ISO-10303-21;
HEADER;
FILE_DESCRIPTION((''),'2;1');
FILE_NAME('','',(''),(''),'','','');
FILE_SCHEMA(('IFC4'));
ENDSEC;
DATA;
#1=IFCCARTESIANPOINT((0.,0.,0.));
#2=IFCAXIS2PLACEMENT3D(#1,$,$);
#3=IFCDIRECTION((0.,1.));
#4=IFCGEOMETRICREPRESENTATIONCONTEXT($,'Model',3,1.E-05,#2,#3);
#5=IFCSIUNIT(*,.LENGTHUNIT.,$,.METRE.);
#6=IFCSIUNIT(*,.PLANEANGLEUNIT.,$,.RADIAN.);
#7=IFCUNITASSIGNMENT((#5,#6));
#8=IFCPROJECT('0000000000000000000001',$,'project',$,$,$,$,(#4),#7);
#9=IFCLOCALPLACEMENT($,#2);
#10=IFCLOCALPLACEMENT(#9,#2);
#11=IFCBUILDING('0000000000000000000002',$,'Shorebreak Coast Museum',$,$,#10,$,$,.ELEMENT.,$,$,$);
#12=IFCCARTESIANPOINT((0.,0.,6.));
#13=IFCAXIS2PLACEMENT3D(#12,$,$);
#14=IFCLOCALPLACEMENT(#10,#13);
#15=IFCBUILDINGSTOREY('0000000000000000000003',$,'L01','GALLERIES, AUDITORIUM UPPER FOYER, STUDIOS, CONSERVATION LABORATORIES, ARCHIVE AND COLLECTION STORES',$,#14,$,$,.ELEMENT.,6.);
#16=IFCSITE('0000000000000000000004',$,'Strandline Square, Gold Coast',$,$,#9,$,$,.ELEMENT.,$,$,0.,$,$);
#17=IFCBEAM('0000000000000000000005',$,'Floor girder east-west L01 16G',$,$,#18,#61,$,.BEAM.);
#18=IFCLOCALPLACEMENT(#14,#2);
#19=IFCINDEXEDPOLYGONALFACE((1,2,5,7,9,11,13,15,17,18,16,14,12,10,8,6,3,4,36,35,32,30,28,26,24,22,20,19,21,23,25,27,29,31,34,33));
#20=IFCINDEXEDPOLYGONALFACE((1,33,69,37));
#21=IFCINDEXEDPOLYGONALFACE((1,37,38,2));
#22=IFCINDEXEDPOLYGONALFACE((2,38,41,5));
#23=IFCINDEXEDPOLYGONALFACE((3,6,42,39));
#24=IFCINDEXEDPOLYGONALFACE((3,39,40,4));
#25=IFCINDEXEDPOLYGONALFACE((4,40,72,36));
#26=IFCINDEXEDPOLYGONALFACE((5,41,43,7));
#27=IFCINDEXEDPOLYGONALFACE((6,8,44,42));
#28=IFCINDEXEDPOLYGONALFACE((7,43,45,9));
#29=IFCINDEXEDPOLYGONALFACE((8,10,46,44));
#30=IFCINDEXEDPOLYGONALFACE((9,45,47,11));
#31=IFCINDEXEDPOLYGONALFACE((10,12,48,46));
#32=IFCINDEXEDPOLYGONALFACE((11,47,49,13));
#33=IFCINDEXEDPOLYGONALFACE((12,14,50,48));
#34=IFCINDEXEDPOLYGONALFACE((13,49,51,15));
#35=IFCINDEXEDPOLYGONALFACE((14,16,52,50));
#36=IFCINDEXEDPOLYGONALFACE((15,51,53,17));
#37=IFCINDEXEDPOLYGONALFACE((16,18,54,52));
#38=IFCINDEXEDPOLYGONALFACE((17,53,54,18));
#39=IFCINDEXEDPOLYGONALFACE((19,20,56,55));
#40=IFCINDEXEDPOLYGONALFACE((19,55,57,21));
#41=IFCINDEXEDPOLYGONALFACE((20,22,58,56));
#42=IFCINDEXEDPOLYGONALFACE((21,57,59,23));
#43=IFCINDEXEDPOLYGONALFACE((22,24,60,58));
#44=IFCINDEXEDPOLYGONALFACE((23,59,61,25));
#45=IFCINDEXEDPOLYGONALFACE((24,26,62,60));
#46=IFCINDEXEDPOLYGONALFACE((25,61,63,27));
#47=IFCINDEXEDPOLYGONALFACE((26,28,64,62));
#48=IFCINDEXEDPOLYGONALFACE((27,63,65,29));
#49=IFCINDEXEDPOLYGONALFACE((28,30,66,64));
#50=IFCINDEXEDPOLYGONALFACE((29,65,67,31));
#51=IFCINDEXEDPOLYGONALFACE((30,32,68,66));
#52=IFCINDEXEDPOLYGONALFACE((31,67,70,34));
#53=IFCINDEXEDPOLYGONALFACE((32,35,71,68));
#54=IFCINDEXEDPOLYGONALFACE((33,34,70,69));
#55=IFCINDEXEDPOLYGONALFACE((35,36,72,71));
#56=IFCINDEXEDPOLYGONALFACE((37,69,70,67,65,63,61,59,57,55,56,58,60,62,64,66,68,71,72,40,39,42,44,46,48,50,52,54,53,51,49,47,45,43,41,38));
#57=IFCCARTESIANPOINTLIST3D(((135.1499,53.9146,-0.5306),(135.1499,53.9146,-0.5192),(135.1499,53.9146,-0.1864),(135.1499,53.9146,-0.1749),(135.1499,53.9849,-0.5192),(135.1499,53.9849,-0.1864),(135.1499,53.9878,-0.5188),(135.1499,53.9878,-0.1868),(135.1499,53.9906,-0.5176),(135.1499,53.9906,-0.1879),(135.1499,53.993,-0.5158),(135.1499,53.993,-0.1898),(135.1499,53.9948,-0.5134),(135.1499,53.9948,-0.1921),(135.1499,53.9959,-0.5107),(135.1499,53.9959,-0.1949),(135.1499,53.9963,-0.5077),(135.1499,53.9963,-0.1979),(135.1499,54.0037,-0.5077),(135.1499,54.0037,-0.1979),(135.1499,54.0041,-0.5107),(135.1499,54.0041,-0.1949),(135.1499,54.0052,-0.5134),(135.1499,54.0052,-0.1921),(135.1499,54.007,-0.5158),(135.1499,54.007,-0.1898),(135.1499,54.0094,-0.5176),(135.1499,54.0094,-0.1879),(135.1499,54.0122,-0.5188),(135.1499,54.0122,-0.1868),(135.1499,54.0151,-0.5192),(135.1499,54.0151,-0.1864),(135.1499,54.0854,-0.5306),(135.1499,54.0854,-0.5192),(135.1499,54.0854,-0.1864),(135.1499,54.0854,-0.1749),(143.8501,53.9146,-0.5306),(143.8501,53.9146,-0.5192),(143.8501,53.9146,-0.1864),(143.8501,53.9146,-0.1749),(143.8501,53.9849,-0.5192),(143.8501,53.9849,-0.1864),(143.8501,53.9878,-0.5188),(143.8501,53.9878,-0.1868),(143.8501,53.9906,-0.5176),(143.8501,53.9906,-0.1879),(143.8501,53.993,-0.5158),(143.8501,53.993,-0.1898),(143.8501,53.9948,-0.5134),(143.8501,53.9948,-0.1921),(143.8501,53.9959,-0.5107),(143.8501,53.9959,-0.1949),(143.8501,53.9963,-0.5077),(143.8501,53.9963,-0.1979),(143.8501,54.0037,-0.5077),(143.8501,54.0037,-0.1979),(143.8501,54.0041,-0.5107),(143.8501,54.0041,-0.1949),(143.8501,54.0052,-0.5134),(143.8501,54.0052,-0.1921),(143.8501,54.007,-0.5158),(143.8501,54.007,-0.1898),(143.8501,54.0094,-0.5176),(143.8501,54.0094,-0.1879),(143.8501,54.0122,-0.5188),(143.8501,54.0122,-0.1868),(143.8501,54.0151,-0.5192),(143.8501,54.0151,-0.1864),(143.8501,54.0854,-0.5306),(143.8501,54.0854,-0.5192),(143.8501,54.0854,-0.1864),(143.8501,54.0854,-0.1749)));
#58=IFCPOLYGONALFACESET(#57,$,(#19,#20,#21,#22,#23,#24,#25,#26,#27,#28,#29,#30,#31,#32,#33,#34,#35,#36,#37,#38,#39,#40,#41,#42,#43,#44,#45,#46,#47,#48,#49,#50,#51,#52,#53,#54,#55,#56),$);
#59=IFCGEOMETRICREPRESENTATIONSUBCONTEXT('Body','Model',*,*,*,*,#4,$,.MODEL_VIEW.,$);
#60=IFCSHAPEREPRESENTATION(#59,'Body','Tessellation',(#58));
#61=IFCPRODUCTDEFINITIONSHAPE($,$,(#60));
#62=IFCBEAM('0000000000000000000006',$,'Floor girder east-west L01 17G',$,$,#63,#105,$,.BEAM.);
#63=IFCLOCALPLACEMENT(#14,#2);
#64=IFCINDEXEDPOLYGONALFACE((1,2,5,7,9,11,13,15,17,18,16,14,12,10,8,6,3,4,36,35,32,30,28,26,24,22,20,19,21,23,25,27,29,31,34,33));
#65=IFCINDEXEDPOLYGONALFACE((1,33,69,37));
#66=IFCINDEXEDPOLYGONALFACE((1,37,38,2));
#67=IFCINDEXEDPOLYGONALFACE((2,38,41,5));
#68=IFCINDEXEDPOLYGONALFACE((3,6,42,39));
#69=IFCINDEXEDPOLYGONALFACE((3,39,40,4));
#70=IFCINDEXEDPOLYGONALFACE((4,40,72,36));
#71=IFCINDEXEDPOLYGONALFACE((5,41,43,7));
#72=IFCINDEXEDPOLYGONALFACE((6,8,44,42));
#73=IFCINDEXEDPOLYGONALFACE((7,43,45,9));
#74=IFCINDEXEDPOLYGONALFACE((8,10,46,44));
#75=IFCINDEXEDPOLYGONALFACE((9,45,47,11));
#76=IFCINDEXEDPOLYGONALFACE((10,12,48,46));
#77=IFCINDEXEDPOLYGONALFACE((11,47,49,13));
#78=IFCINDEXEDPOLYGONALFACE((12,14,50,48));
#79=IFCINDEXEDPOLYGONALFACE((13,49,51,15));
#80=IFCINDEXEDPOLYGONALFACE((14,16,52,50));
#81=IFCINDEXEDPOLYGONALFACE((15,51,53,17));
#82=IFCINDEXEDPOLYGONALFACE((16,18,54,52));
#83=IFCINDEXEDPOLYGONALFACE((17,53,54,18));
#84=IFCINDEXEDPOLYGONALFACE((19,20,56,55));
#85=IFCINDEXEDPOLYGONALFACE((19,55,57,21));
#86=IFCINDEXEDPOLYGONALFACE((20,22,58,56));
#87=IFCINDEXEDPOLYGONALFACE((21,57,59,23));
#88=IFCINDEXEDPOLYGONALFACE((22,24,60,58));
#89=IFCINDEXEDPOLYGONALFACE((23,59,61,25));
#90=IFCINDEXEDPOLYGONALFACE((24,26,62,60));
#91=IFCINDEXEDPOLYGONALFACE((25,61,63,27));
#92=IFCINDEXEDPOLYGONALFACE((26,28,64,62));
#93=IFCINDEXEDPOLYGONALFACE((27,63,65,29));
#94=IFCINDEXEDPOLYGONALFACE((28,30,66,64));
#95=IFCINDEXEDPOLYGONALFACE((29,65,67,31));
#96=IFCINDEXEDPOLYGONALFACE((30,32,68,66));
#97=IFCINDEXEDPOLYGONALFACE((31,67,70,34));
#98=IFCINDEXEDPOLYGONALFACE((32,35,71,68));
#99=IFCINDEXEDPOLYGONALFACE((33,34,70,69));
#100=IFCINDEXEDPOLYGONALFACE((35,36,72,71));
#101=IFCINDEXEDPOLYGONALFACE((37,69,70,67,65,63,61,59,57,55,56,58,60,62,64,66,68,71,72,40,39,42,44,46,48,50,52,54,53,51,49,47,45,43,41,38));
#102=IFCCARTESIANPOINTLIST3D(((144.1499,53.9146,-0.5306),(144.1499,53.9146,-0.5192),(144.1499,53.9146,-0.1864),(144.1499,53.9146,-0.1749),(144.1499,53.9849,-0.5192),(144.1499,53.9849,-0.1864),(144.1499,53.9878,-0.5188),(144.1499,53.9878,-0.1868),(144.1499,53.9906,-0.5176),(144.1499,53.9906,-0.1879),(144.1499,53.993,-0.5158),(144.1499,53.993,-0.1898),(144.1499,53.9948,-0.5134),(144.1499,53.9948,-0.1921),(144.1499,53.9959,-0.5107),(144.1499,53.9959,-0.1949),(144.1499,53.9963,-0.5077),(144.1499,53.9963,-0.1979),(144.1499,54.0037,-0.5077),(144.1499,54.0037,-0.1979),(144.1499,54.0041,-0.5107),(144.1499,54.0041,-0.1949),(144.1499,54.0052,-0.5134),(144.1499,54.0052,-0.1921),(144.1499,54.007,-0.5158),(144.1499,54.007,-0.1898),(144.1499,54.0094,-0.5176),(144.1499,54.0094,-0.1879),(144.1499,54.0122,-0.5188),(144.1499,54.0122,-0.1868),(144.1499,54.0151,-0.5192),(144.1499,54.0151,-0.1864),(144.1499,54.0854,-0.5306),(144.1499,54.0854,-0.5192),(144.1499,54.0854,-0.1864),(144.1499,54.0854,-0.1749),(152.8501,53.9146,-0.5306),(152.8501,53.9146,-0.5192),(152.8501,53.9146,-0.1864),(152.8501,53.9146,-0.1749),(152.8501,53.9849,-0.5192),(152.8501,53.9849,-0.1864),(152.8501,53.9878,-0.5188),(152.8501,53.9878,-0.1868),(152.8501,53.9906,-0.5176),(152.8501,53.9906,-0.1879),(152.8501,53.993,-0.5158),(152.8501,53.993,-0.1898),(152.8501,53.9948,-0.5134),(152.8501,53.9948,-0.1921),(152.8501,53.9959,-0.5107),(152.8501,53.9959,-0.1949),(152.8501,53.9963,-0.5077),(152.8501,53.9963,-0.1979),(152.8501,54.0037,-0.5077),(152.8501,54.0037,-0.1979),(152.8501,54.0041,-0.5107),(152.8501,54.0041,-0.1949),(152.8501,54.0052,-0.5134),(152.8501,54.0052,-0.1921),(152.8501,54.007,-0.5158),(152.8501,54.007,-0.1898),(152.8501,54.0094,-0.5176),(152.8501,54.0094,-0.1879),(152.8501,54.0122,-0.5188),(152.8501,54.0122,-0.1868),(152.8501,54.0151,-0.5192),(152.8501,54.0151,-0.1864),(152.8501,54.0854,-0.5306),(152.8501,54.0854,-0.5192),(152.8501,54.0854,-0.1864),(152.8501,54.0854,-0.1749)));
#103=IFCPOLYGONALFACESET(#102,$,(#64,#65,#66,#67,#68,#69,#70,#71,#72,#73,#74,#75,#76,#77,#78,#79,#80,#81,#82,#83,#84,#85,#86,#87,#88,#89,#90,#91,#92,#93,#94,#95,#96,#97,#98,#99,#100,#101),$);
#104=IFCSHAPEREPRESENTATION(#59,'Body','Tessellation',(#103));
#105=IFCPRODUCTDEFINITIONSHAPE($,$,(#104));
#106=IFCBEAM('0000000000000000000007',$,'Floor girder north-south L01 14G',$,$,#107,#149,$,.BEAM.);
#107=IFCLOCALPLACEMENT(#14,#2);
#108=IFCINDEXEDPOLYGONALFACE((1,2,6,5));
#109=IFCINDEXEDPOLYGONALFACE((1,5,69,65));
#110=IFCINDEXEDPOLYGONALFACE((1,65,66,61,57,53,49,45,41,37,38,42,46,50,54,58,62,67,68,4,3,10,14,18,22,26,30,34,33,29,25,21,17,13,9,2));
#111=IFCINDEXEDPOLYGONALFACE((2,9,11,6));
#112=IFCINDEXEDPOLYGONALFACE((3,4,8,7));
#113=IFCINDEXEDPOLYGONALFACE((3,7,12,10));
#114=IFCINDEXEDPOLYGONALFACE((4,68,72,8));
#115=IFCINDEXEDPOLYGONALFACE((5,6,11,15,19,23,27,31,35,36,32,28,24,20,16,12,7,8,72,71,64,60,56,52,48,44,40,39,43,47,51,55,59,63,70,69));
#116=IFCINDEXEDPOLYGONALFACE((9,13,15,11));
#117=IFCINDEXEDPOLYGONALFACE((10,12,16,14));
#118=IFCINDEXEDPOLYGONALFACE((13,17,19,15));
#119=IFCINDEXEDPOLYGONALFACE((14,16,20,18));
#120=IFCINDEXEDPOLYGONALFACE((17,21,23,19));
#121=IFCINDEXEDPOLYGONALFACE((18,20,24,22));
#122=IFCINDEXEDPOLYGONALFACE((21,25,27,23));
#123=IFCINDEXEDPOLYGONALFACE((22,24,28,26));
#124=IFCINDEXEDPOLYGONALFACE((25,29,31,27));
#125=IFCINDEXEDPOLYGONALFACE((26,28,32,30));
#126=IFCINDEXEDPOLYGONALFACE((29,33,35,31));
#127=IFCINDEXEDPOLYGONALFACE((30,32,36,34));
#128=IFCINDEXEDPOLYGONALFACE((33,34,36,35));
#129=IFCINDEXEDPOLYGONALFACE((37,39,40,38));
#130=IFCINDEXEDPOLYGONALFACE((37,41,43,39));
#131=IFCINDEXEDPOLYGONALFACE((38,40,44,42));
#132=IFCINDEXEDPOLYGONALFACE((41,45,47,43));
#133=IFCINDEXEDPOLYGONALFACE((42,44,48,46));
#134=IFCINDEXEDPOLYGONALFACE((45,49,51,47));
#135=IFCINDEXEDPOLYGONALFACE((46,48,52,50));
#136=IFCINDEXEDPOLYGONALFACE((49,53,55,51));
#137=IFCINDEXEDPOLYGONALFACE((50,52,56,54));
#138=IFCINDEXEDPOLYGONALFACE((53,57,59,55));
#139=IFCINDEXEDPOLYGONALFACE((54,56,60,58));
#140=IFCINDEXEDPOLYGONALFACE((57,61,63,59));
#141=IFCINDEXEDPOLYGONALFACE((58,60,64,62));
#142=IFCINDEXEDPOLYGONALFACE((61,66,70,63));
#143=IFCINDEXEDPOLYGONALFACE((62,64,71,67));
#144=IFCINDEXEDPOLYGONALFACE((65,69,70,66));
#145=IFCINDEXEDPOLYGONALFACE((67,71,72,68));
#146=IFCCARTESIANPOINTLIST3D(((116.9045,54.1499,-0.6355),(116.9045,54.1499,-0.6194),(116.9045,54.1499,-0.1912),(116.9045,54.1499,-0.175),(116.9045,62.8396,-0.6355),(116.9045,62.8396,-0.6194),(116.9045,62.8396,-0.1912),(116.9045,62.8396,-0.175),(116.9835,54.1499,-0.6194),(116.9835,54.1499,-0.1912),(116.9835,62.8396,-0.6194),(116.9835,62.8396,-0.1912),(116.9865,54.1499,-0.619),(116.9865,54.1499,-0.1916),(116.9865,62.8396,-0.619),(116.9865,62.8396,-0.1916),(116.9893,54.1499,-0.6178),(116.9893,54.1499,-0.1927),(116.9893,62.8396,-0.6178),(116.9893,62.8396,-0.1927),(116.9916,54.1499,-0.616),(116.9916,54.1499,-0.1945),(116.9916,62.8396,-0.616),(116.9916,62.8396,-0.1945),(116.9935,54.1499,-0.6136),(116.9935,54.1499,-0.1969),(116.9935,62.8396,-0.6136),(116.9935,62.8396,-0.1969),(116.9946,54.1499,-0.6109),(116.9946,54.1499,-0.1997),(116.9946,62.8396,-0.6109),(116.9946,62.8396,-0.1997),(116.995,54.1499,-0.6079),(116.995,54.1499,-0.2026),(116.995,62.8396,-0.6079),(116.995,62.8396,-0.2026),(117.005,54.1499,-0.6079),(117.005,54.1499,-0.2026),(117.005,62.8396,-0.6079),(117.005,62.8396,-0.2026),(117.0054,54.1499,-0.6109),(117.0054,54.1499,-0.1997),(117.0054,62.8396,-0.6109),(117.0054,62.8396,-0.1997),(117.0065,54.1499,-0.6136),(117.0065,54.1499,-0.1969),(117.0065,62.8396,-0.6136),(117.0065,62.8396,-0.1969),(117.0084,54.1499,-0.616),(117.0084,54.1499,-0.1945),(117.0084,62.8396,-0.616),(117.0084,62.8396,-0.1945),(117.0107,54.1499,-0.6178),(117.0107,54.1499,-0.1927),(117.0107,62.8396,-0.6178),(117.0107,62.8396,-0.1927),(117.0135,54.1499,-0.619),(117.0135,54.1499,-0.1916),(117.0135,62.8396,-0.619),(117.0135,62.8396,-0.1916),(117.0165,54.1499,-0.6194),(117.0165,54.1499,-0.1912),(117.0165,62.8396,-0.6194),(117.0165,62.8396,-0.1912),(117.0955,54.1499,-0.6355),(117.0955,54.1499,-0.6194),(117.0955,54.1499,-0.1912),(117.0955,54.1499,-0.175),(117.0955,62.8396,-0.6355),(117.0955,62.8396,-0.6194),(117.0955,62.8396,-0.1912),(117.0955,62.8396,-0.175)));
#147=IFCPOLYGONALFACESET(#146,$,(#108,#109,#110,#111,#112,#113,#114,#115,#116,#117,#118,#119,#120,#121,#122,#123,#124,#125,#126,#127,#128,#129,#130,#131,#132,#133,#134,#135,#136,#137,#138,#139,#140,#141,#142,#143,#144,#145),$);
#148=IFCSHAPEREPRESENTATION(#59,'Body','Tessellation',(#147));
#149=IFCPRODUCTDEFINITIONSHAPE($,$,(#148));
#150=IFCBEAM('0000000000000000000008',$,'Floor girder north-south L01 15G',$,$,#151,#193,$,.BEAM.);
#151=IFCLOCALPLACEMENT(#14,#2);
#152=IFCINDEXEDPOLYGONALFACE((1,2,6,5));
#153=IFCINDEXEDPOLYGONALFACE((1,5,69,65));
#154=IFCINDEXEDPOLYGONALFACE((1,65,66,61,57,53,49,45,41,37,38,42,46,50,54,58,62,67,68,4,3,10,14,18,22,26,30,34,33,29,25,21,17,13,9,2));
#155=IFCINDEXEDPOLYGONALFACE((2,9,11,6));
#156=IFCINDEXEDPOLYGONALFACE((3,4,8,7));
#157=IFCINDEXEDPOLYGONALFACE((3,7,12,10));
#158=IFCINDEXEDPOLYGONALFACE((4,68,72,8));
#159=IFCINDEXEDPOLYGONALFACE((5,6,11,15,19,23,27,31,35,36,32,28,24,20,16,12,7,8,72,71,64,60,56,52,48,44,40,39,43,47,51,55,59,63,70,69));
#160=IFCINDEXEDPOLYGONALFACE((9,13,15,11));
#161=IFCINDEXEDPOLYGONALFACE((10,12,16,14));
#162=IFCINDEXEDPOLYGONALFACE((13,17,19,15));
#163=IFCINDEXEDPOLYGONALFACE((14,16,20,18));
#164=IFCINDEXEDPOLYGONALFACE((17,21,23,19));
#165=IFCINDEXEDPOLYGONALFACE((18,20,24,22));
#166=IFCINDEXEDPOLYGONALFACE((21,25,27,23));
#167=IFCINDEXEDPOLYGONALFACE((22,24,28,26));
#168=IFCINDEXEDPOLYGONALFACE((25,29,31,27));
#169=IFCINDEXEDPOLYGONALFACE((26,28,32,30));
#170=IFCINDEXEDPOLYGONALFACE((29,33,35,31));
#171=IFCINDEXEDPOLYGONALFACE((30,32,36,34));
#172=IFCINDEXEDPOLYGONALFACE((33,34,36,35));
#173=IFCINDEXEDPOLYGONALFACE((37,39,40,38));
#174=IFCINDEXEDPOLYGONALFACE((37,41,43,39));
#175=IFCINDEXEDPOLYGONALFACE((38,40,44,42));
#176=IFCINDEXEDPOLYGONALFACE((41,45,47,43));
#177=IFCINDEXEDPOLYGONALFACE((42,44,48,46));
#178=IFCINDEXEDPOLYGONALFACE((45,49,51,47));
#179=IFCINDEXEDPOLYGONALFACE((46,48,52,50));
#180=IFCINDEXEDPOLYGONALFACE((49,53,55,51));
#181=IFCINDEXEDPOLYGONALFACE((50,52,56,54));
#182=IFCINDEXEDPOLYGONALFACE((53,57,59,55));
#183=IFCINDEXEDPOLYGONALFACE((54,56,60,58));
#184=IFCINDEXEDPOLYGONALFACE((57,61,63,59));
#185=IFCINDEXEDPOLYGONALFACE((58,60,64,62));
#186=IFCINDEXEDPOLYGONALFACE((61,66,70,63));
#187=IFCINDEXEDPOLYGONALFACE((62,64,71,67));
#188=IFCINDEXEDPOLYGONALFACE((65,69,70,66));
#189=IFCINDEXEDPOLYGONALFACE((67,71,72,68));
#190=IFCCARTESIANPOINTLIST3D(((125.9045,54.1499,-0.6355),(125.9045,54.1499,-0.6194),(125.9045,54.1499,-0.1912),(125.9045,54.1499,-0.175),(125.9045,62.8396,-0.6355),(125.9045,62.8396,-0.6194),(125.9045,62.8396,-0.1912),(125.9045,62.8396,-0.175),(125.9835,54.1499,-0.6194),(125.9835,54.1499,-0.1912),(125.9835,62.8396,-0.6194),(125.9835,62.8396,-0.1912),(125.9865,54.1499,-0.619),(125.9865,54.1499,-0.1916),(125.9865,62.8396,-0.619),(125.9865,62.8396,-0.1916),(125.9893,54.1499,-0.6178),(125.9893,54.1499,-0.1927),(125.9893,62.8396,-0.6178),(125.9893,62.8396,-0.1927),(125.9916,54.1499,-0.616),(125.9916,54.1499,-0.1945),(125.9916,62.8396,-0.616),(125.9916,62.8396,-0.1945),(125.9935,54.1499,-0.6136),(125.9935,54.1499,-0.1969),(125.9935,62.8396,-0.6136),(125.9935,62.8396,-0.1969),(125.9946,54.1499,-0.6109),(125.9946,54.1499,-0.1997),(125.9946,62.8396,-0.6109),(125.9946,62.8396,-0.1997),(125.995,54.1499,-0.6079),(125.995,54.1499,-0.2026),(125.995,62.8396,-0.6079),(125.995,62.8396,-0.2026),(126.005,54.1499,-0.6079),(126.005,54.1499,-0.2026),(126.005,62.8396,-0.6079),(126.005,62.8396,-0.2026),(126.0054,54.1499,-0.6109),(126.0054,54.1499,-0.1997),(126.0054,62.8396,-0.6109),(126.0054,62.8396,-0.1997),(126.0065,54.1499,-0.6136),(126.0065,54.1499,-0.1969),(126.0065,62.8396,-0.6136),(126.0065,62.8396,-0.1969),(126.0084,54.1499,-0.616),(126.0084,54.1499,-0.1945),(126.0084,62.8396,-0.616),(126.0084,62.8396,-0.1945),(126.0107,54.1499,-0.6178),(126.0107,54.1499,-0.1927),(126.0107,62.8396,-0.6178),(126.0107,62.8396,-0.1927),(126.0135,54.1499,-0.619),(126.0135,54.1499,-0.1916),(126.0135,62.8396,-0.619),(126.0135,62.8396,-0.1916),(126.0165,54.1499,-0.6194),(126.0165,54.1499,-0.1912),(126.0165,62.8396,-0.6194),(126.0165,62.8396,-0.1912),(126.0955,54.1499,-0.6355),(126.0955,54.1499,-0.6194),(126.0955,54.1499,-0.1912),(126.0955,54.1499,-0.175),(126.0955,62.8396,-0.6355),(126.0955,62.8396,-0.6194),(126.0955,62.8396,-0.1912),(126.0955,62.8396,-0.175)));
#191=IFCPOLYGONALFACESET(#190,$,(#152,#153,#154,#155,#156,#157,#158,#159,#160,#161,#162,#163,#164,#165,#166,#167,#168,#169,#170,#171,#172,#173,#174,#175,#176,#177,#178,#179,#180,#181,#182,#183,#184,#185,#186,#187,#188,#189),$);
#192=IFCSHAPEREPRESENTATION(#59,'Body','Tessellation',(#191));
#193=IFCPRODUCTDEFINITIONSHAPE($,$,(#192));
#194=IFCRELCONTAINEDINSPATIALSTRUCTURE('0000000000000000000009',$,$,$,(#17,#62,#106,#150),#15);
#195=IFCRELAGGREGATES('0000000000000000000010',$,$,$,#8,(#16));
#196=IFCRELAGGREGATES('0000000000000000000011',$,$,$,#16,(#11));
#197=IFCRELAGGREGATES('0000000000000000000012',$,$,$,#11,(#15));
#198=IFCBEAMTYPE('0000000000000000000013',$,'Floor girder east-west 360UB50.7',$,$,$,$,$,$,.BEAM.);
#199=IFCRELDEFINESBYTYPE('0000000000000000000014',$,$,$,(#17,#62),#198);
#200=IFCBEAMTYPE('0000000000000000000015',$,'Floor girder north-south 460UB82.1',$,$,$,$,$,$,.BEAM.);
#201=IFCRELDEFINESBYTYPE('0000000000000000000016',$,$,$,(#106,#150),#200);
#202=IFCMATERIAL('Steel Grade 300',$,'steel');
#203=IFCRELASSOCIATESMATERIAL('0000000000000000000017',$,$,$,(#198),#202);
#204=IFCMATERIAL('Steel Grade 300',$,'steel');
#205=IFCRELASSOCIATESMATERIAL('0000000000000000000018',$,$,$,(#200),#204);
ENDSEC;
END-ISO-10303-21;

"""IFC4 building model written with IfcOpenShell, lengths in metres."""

from ifc_helpers import new_model, si_unit, direction, frame, origin, origin_2d, place, context, subcontext, project, spatial, i_section, extrude, material, material_profile, profile_set, type_object, element, save


model = new_model("IFC4")

# Units and contexts
model_context = context("Model", 3, precision=1e-05, world=origin(), true_north=direction((0.0, 1.0)))
body_context = subcontext(model_context, "Body", "Model", "MODEL_VIEW")
ifc_project = project(units=[si_unit("LENGTHUNIT", "METRE"), si_unit("PLANEANGLEUNIT", "RADIAN")], contexts=[model_context])

# Site, building, storey
site_placement = place(None, origin())
site = spatial("IfcSite", under=ifc_project, at=site_placement, Name="Strandline Square, Gold Coast", CompositionType="ELEMENT", RefElevation=0.0)
building_placement = place(site_placement, origin())
building = spatial("IfcBuilding", under=site, at=building_placement, Name="Shorebreak Coast Museum", CompositionType="ELEMENT")
storey_placement = place(building_placement, frame((0.0, 0.0, 6.0)))
storey = spatial("IfcBuildingStorey", under=building, at=storey_placement, Name="L01", Description="GALLERIES, AUDITORIUM UPPER FOYER, STUDIOS, CONSERVATION LABORATORIES, ARCHIVE AND COLLECTION STORES", CompositionType="ELEMENT", Elevation=6.0)

# Beams
ifc_material_1 = material(Name="Steel Grade 300", Category="steel")
ifc_material_profile_1 = material_profile(ifc_material_1, i_section(OverallWidth=0.1709, OverallDepth=0.3557, WebThickness=0.0073, FlangeThickness=0.0115, FilletRadius=0.0115, at=origin_2d()), Name="360UB50.7")
ifc_profile_set_1 = profile_set([ifc_material_profile_1], Name="Steel Grade 300")
beam_type_1 = type_object("IfcBeamType", Name="Floor girder east-west 360UB50.7", PredefinedType="BEAM", material=ifc_profile_set_1)
for number, where, z_axis, x_axis, name in (
    (1, (135.1499, 54.0, -0.3528), (1.0, 0.0, 0.0), (0.0, 1.0, 0.0), "Floor girder east-west L01 16G"),
    (2, (144.1499, 54.0, -0.3528), (1.0, 0.0, 0.0), (0.0, 1.0, 0.0), "Floor girder east-west L01 17G"),
):
    element("IfcBeam", number, at=place(storey_placement, frame(where, z_axis=z_axis, x_axis=x_axis)), inside=storey, type_object=beam_type_1, Name=name, PredefinedType="BEAM", context=body_context, shape_type="SweptSolid", body=[
        extrude(i_section(OverallWidth=0.1709, OverallDepth=0.3557, WebThickness=0.0073, FlangeThickness=0.0115, FilletRadius=0.0115, at=origin_2d()), origin(), (0.0, 0.0, 1.0), 8.7002),
    ])
ifc_material_2 = material(Name="Steel Grade 300", Category="steel")
ifc_material_profile_2 = material_profile(ifc_material_2, i_section(OverallWidth=0.1909, OverallDepth=0.4604, WebThickness=0.01, FlangeThickness=0.0161, FilletRadius=0.0115, at=origin_2d()), Name="460UB82.1")
ifc_profile_set_2 = profile_set([ifc_material_profile_2], Name="Steel Grade 300")
beam_type_2 = type_object("IfcBeamType", Name="Floor girder north-south 460UB82.1", PredefinedType="BEAM", material=ifc_profile_set_2)
for number, where, z_axis, x_axis, name in (
    (3, (117.0, 54.1499, -0.4053), (0.0, 1.0, 0.0), (-1.0, 0.0, 0.0), "Floor girder north-south L01 14G"),
    (4, (126.0, 54.1499, -0.4053), (0.0, 1.0, 0.0), (-1.0, 0.0, 0.0), "Floor girder north-south L01 15G"),
):
    element("IfcBeam", number, at=place(storey_placement, frame(where, z_axis=z_axis, x_axis=x_axis)), inside=storey, type_object=beam_type_2, Name=name, PredefinedType="BEAM", context=body_context, shape_type="SweptSolid", body=[
        extrude(i_section(OverallWidth=0.1909, OverallDepth=0.4604, WebThickness=0.01, FlangeThickness=0.0161, FilletRadius=0.0115, at=origin_2d()), origin(), (0.0, 0.0, 1.0), 8.6897),
    ])

save(model, "model.ifc")
